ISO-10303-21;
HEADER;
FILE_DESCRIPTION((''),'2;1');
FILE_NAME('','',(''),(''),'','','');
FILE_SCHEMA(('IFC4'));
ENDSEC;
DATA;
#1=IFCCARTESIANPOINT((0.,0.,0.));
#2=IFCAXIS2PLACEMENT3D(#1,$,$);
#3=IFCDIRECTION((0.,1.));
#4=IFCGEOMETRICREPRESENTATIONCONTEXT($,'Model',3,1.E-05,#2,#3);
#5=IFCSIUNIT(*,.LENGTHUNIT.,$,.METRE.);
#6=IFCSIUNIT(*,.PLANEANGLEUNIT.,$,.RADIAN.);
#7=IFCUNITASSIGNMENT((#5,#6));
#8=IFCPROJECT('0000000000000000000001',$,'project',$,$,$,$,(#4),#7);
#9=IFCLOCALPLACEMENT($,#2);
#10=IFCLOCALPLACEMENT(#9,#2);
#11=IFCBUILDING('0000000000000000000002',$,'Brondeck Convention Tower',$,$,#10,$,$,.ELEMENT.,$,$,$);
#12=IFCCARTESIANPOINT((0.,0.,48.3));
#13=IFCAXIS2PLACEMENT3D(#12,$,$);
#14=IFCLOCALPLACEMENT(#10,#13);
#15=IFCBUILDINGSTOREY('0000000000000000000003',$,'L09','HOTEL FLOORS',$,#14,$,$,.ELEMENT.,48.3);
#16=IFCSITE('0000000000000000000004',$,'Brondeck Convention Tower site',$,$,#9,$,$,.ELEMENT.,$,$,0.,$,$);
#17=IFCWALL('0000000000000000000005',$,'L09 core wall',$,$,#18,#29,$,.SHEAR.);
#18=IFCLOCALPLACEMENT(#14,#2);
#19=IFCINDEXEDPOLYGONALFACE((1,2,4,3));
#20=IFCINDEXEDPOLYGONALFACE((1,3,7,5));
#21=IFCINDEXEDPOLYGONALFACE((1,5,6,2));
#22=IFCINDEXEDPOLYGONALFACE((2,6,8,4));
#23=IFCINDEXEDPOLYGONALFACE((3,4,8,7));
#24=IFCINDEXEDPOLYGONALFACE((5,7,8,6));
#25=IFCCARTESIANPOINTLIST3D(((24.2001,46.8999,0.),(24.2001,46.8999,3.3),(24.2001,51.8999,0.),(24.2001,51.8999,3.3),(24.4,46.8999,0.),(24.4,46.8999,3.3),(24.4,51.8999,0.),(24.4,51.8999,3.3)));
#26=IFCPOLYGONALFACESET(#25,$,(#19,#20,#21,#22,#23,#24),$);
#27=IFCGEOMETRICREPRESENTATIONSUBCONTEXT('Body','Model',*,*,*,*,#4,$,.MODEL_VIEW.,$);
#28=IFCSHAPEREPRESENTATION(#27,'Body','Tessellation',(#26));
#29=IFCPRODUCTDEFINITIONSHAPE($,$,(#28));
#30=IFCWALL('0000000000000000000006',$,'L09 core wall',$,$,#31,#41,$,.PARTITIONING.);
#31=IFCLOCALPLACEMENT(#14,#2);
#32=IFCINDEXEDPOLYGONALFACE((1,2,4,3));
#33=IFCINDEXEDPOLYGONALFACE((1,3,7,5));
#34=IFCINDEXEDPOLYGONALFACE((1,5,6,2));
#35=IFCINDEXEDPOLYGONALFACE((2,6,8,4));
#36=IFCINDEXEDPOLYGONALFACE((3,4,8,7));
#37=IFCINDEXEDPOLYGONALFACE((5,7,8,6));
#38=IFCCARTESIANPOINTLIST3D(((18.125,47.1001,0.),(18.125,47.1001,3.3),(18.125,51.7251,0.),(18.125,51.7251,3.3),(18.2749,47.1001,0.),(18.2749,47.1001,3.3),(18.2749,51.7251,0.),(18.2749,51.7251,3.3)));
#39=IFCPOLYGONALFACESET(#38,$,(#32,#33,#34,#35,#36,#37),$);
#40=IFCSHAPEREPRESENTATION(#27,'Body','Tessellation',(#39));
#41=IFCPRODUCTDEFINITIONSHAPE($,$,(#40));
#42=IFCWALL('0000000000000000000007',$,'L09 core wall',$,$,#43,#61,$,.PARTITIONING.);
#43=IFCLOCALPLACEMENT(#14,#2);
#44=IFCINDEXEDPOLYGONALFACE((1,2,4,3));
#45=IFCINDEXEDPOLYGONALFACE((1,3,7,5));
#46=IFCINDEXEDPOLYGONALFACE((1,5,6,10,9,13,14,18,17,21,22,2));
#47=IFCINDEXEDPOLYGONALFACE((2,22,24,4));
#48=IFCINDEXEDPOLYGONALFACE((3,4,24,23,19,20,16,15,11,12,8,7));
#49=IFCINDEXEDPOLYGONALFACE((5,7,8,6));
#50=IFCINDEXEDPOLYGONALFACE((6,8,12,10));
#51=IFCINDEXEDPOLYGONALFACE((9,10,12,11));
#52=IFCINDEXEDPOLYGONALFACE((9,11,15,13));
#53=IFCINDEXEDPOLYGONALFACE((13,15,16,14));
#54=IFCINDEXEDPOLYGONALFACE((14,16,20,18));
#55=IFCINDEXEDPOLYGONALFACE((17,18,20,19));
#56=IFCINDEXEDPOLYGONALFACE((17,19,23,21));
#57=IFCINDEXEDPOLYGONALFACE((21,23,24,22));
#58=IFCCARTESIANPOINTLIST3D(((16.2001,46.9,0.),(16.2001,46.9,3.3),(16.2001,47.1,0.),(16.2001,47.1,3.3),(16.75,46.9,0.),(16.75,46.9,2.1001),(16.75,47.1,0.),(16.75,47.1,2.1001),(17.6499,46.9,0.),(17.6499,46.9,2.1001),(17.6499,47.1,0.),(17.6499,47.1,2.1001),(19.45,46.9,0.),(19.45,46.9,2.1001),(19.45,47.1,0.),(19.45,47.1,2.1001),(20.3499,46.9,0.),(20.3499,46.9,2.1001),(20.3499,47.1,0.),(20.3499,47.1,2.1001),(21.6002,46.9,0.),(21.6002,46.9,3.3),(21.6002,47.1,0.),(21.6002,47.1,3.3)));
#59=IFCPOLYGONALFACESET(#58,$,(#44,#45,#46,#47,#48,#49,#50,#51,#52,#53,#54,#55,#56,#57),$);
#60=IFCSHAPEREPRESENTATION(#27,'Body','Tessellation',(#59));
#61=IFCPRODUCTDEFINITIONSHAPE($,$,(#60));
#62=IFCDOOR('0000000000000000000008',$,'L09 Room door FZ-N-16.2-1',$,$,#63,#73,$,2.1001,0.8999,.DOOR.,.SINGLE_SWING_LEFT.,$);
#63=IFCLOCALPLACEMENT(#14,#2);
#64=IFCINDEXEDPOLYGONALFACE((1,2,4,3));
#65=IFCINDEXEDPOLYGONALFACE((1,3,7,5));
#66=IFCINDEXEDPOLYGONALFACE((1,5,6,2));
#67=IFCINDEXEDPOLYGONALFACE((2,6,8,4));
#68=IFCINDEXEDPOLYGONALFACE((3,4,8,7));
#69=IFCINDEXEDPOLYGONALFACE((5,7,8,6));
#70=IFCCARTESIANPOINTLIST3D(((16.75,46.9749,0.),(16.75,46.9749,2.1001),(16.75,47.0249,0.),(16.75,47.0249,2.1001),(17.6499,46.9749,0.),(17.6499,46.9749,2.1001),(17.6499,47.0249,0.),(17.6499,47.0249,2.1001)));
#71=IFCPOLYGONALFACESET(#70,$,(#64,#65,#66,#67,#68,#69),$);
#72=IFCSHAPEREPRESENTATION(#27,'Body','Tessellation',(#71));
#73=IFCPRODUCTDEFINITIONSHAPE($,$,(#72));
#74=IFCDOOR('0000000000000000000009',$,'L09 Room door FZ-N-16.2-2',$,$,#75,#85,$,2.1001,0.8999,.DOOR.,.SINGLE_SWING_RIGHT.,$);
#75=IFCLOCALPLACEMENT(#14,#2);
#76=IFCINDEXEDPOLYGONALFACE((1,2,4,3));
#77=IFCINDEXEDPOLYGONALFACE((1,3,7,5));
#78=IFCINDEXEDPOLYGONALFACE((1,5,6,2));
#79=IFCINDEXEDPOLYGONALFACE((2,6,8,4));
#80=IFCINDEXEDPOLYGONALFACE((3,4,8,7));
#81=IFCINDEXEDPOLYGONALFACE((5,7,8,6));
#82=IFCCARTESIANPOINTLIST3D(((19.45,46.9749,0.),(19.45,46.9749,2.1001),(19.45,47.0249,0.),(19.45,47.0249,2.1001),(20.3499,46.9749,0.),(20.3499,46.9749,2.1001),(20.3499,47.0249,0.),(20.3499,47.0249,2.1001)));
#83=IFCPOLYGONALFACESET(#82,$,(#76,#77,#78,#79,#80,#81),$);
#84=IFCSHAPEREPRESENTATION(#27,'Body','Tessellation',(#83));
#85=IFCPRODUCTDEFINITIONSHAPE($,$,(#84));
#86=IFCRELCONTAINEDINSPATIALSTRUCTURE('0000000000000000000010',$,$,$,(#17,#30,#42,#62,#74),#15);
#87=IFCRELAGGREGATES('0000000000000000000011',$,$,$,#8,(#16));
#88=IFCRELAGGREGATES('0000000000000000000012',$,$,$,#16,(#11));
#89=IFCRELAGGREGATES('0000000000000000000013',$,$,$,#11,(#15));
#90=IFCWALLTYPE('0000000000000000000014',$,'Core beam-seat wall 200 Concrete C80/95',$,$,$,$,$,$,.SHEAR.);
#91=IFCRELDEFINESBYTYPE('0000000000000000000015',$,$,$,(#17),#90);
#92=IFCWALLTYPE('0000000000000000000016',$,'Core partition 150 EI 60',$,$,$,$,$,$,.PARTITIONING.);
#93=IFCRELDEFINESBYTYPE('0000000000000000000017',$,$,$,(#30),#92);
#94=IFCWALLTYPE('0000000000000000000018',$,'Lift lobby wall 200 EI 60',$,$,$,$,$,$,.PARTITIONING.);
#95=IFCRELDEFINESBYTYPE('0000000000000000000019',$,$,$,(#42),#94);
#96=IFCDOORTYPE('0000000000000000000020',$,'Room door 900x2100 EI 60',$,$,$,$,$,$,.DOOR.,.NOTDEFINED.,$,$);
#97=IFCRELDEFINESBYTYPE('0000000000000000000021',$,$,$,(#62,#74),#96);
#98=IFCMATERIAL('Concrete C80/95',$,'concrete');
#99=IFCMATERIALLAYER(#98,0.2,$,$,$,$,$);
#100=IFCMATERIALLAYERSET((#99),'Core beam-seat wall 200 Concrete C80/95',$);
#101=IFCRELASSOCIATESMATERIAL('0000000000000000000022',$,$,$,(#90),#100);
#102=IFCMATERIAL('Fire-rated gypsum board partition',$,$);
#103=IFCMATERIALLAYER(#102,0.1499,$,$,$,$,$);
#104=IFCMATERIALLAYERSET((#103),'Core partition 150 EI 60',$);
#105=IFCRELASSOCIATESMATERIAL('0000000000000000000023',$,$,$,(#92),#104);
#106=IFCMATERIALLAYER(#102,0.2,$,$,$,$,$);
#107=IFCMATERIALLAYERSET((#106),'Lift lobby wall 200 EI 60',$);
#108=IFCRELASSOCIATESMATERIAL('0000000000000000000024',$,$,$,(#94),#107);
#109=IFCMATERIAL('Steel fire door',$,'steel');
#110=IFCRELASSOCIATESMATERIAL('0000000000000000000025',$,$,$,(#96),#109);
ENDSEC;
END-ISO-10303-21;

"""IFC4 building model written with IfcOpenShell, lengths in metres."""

from ifc_helpers import new_model, si_unit, direction, frame, frame_2d, origin, place, context, subcontext, project, spatial, rectangle, extrude, material, layer, layer_set, type_object, element, fill, save


model = new_model("IFC4")

# Units and contexts
model_context = context("Model", 3, precision=1e-05, world=origin(), true_north=direction((0.0, 1.0)))
body_context = subcontext(model_context, "Body", "Model", "MODEL_VIEW")
ifc_project = project(units=[si_unit("LENGTHUNIT", "METRE"), si_unit("PLANEANGLEUNIT", "RADIAN")], contexts=[model_context])

# Site, building, storey
site_placement = place(None, origin())
site = spatial("IfcSite", under=ifc_project, at=site_placement, Name="Brondeck Convention Tower site", CompositionType="ELEMENT", RefElevation=0.0)
building_placement = place(site_placement, origin())
building = spatial("IfcBuilding", under=site, at=building_placement, Name="Brondeck Convention Tower", CompositionType="ELEMENT")
storey_placement = place(building_placement, frame((0.0, 0.0, 48.3)))
storey = spatial("IfcBuildingStorey", under=building, at=storey_placement, Name="L09", Description="HOTEL FLOORS", CompositionType="ELEMENT", Elevation=48.3)

# Walls
ifc_material_1 = material(Name="Concrete C80/95", Category="concrete")
ifc_layer_1 = layer(ifc_material_1, 0.2)
ifc_layer_set_1 = layer_set([ifc_layer_1], Name="Core beam-seat wall 200 Concrete C80/95")
wall_type_1 = type_object("IfcWallType", Name="Core beam-seat wall 200 Concrete C80/95", PredefinedType="SHEAR", material=ifc_layer_set_1)
wall_1_placement = place(storey_placement, frame((24.3, 46.8999, 0.0), z_axis=(0.0, 0.0, 1.0), x_axis=(0.0, 1.0, 0.0)))
element("IfcWall", 1, at=wall_1_placement, inside=storey, type_object=wall_type_1, Name="L09 core wall", PredefinedType="SHEAR", context=body_context, shape_type="SweptSolid", body=[
    extrude(rectangle(XDim=5.0, YDim=0.2, at=frame_2d((2.5, 0.0))), origin(), (0.0, 0.0, 1.0), 3.3),
])
ifc_material_2 = material(Name="Fire-rated gypsum board partition")
ifc_layer_2 = layer(ifc_material_2, 0.1499)
ifc_layer_set_2 = layer_set([ifc_layer_2], Name="Core partition 150 EI 60")
wall_type_2 = type_object("IfcWallType", Name="Core partition 150 EI 60", PredefinedType="PARTITIONING", material=ifc_layer_set_2)
wall_2_placement = place(storey_placement, frame((18.2, 47.1001, 0.0), z_axis=(0.0, 0.0, 1.0), x_axis=(0.0, 1.0, 0.0)))
element("IfcWall", 2, at=wall_2_placement, inside=storey, type_object=wall_type_2, Name="L09 core wall", PredefinedType="PARTITIONING", context=body_context, shape_type="SweptSolid", body=[
    extrude(rectangle(XDim=4.625, YDim=0.1499, at=frame_2d((2.3125, 0.0))), origin(), (0.0, 0.0, 1.0), 3.3),
])

# Wall, openings, doors
ifc_layer_3 = layer(ifc_material_2, 0.2)
ifc_layer_set_3 = layer_set([ifc_layer_3], Name="Lift lobby wall 200 EI 60")
wall_type_3 = type_object("IfcWallType", Name="Lift lobby wall 200 EI 60", PredefinedType="PARTITIONING", material=ifc_layer_set_3)
wall_3_placement = place(storey_placement, frame((16.2, 47.0, 0.0), z_axis=(0.0, 0.0, 1.0), x_axis=(1.0, 0.0, 0.0)))
wall_3 = element("IfcWall", 3, at=wall_3_placement, inside=storey, type_object=wall_type_3, Name="L09 core wall", PredefinedType="PARTITIONING", context=body_context, shape_type="SweptSolid", body=[
    extrude(rectangle(XDim=5.4001, YDim=0.2, at=frame_2d((2.7002, 0.0))), origin(), (0.0, 0.0, 1.0), 3.3),
])
opening_1_placement = place(wall_3_placement, frame((0.55, 0.0, 0.0)))
opening_1 = element("IfcOpeningElement", 4, at=opening_1_placement, cuts=wall_3, PredefinedType="OPENING", context=body_context, shape_type="SweptSolid", body=[
    extrude(rectangle(XDim=0.8999, YDim=2.1001, at=frame_2d((0.45, 1.05))), frame((0.0, 0.1099, 0.0), z_axis=(0.0, -1.0, 0.0), x_axis=(1.0, 0.0, 0.0)), (0.0, 0.0, 1.0), 0.22),
])
opening_2_placement = place(wall_3_placement, frame((3.25, 0.0, 0.0)))
opening_2 = element("IfcOpeningElement", 5, at=opening_2_placement, cuts=wall_3, PredefinedType="OPENING", context=body_context, shape_type="SweptSolid", body=[
    extrude(rectangle(XDim=0.8999, YDim=2.1001, at=frame_2d((0.45, 1.05))), frame((0.0, 0.1099, 0.0), z_axis=(0.0, -1.0, 0.0), x_axis=(1.0, 0.0, 0.0)), (0.0, 0.0, 1.0), 0.22),
])
ifc_material_3 = material(Name="Steel fire door", Category="steel")
door_type_1 = type_object("IfcDoorType", Name="Room door 900x2100 EI 60", OperationType="NOTDEFINED", PredefinedType="DOOR", material=ifc_material_3)
door_1_placement = place(opening_1_placement, origin())
door_1 = element("IfcDoor", 6, at=door_1_placement, inside=storey, type_object=door_type_1, Name="L09 Room door FZ-N-16.2-1", OperationType="SINGLE_SWING_LEFT", OverallHeight=2.1001, OverallWidth=0.8999, PredefinedType="DOOR", context=body_context, shape_type="SweptSolid", body=[
    extrude(rectangle(XDim=0.8999, YDim=2.1001, at=frame_2d((0.45, 1.05))), frame((0.0, 0.0249, 0.0), z_axis=(0.0, -1.0, 0.0), x_axis=(1.0, 0.0, 0.0)), (0.0, 0.0, 1.0), 0.05),
])
fill(opening_1, door_1)
door_2_placement = place(opening_2_placement, origin())
door_2 = element("IfcDoor", 7, at=door_2_placement, inside=storey, type_object=door_type_1, Name="L09 Room door FZ-N-16.2-2", OperationType="SINGLE_SWING_RIGHT", OverallHeight=2.1001, OverallWidth=0.8999, PredefinedType="DOOR", context=body_context, shape_type="SweptSolid", body=[
    extrude(rectangle(XDim=0.8999, YDim=2.1001, at=frame_2d((0.45, 1.05))), frame((0.0, 0.0249, 0.0), z_axis=(0.0, -1.0, 0.0), x_axis=(1.0, 0.0, 0.0)), (0.0, 0.0, 1.0), 0.05),
])
fill(opening_2, door_2)

save(model, "model.ifc")
